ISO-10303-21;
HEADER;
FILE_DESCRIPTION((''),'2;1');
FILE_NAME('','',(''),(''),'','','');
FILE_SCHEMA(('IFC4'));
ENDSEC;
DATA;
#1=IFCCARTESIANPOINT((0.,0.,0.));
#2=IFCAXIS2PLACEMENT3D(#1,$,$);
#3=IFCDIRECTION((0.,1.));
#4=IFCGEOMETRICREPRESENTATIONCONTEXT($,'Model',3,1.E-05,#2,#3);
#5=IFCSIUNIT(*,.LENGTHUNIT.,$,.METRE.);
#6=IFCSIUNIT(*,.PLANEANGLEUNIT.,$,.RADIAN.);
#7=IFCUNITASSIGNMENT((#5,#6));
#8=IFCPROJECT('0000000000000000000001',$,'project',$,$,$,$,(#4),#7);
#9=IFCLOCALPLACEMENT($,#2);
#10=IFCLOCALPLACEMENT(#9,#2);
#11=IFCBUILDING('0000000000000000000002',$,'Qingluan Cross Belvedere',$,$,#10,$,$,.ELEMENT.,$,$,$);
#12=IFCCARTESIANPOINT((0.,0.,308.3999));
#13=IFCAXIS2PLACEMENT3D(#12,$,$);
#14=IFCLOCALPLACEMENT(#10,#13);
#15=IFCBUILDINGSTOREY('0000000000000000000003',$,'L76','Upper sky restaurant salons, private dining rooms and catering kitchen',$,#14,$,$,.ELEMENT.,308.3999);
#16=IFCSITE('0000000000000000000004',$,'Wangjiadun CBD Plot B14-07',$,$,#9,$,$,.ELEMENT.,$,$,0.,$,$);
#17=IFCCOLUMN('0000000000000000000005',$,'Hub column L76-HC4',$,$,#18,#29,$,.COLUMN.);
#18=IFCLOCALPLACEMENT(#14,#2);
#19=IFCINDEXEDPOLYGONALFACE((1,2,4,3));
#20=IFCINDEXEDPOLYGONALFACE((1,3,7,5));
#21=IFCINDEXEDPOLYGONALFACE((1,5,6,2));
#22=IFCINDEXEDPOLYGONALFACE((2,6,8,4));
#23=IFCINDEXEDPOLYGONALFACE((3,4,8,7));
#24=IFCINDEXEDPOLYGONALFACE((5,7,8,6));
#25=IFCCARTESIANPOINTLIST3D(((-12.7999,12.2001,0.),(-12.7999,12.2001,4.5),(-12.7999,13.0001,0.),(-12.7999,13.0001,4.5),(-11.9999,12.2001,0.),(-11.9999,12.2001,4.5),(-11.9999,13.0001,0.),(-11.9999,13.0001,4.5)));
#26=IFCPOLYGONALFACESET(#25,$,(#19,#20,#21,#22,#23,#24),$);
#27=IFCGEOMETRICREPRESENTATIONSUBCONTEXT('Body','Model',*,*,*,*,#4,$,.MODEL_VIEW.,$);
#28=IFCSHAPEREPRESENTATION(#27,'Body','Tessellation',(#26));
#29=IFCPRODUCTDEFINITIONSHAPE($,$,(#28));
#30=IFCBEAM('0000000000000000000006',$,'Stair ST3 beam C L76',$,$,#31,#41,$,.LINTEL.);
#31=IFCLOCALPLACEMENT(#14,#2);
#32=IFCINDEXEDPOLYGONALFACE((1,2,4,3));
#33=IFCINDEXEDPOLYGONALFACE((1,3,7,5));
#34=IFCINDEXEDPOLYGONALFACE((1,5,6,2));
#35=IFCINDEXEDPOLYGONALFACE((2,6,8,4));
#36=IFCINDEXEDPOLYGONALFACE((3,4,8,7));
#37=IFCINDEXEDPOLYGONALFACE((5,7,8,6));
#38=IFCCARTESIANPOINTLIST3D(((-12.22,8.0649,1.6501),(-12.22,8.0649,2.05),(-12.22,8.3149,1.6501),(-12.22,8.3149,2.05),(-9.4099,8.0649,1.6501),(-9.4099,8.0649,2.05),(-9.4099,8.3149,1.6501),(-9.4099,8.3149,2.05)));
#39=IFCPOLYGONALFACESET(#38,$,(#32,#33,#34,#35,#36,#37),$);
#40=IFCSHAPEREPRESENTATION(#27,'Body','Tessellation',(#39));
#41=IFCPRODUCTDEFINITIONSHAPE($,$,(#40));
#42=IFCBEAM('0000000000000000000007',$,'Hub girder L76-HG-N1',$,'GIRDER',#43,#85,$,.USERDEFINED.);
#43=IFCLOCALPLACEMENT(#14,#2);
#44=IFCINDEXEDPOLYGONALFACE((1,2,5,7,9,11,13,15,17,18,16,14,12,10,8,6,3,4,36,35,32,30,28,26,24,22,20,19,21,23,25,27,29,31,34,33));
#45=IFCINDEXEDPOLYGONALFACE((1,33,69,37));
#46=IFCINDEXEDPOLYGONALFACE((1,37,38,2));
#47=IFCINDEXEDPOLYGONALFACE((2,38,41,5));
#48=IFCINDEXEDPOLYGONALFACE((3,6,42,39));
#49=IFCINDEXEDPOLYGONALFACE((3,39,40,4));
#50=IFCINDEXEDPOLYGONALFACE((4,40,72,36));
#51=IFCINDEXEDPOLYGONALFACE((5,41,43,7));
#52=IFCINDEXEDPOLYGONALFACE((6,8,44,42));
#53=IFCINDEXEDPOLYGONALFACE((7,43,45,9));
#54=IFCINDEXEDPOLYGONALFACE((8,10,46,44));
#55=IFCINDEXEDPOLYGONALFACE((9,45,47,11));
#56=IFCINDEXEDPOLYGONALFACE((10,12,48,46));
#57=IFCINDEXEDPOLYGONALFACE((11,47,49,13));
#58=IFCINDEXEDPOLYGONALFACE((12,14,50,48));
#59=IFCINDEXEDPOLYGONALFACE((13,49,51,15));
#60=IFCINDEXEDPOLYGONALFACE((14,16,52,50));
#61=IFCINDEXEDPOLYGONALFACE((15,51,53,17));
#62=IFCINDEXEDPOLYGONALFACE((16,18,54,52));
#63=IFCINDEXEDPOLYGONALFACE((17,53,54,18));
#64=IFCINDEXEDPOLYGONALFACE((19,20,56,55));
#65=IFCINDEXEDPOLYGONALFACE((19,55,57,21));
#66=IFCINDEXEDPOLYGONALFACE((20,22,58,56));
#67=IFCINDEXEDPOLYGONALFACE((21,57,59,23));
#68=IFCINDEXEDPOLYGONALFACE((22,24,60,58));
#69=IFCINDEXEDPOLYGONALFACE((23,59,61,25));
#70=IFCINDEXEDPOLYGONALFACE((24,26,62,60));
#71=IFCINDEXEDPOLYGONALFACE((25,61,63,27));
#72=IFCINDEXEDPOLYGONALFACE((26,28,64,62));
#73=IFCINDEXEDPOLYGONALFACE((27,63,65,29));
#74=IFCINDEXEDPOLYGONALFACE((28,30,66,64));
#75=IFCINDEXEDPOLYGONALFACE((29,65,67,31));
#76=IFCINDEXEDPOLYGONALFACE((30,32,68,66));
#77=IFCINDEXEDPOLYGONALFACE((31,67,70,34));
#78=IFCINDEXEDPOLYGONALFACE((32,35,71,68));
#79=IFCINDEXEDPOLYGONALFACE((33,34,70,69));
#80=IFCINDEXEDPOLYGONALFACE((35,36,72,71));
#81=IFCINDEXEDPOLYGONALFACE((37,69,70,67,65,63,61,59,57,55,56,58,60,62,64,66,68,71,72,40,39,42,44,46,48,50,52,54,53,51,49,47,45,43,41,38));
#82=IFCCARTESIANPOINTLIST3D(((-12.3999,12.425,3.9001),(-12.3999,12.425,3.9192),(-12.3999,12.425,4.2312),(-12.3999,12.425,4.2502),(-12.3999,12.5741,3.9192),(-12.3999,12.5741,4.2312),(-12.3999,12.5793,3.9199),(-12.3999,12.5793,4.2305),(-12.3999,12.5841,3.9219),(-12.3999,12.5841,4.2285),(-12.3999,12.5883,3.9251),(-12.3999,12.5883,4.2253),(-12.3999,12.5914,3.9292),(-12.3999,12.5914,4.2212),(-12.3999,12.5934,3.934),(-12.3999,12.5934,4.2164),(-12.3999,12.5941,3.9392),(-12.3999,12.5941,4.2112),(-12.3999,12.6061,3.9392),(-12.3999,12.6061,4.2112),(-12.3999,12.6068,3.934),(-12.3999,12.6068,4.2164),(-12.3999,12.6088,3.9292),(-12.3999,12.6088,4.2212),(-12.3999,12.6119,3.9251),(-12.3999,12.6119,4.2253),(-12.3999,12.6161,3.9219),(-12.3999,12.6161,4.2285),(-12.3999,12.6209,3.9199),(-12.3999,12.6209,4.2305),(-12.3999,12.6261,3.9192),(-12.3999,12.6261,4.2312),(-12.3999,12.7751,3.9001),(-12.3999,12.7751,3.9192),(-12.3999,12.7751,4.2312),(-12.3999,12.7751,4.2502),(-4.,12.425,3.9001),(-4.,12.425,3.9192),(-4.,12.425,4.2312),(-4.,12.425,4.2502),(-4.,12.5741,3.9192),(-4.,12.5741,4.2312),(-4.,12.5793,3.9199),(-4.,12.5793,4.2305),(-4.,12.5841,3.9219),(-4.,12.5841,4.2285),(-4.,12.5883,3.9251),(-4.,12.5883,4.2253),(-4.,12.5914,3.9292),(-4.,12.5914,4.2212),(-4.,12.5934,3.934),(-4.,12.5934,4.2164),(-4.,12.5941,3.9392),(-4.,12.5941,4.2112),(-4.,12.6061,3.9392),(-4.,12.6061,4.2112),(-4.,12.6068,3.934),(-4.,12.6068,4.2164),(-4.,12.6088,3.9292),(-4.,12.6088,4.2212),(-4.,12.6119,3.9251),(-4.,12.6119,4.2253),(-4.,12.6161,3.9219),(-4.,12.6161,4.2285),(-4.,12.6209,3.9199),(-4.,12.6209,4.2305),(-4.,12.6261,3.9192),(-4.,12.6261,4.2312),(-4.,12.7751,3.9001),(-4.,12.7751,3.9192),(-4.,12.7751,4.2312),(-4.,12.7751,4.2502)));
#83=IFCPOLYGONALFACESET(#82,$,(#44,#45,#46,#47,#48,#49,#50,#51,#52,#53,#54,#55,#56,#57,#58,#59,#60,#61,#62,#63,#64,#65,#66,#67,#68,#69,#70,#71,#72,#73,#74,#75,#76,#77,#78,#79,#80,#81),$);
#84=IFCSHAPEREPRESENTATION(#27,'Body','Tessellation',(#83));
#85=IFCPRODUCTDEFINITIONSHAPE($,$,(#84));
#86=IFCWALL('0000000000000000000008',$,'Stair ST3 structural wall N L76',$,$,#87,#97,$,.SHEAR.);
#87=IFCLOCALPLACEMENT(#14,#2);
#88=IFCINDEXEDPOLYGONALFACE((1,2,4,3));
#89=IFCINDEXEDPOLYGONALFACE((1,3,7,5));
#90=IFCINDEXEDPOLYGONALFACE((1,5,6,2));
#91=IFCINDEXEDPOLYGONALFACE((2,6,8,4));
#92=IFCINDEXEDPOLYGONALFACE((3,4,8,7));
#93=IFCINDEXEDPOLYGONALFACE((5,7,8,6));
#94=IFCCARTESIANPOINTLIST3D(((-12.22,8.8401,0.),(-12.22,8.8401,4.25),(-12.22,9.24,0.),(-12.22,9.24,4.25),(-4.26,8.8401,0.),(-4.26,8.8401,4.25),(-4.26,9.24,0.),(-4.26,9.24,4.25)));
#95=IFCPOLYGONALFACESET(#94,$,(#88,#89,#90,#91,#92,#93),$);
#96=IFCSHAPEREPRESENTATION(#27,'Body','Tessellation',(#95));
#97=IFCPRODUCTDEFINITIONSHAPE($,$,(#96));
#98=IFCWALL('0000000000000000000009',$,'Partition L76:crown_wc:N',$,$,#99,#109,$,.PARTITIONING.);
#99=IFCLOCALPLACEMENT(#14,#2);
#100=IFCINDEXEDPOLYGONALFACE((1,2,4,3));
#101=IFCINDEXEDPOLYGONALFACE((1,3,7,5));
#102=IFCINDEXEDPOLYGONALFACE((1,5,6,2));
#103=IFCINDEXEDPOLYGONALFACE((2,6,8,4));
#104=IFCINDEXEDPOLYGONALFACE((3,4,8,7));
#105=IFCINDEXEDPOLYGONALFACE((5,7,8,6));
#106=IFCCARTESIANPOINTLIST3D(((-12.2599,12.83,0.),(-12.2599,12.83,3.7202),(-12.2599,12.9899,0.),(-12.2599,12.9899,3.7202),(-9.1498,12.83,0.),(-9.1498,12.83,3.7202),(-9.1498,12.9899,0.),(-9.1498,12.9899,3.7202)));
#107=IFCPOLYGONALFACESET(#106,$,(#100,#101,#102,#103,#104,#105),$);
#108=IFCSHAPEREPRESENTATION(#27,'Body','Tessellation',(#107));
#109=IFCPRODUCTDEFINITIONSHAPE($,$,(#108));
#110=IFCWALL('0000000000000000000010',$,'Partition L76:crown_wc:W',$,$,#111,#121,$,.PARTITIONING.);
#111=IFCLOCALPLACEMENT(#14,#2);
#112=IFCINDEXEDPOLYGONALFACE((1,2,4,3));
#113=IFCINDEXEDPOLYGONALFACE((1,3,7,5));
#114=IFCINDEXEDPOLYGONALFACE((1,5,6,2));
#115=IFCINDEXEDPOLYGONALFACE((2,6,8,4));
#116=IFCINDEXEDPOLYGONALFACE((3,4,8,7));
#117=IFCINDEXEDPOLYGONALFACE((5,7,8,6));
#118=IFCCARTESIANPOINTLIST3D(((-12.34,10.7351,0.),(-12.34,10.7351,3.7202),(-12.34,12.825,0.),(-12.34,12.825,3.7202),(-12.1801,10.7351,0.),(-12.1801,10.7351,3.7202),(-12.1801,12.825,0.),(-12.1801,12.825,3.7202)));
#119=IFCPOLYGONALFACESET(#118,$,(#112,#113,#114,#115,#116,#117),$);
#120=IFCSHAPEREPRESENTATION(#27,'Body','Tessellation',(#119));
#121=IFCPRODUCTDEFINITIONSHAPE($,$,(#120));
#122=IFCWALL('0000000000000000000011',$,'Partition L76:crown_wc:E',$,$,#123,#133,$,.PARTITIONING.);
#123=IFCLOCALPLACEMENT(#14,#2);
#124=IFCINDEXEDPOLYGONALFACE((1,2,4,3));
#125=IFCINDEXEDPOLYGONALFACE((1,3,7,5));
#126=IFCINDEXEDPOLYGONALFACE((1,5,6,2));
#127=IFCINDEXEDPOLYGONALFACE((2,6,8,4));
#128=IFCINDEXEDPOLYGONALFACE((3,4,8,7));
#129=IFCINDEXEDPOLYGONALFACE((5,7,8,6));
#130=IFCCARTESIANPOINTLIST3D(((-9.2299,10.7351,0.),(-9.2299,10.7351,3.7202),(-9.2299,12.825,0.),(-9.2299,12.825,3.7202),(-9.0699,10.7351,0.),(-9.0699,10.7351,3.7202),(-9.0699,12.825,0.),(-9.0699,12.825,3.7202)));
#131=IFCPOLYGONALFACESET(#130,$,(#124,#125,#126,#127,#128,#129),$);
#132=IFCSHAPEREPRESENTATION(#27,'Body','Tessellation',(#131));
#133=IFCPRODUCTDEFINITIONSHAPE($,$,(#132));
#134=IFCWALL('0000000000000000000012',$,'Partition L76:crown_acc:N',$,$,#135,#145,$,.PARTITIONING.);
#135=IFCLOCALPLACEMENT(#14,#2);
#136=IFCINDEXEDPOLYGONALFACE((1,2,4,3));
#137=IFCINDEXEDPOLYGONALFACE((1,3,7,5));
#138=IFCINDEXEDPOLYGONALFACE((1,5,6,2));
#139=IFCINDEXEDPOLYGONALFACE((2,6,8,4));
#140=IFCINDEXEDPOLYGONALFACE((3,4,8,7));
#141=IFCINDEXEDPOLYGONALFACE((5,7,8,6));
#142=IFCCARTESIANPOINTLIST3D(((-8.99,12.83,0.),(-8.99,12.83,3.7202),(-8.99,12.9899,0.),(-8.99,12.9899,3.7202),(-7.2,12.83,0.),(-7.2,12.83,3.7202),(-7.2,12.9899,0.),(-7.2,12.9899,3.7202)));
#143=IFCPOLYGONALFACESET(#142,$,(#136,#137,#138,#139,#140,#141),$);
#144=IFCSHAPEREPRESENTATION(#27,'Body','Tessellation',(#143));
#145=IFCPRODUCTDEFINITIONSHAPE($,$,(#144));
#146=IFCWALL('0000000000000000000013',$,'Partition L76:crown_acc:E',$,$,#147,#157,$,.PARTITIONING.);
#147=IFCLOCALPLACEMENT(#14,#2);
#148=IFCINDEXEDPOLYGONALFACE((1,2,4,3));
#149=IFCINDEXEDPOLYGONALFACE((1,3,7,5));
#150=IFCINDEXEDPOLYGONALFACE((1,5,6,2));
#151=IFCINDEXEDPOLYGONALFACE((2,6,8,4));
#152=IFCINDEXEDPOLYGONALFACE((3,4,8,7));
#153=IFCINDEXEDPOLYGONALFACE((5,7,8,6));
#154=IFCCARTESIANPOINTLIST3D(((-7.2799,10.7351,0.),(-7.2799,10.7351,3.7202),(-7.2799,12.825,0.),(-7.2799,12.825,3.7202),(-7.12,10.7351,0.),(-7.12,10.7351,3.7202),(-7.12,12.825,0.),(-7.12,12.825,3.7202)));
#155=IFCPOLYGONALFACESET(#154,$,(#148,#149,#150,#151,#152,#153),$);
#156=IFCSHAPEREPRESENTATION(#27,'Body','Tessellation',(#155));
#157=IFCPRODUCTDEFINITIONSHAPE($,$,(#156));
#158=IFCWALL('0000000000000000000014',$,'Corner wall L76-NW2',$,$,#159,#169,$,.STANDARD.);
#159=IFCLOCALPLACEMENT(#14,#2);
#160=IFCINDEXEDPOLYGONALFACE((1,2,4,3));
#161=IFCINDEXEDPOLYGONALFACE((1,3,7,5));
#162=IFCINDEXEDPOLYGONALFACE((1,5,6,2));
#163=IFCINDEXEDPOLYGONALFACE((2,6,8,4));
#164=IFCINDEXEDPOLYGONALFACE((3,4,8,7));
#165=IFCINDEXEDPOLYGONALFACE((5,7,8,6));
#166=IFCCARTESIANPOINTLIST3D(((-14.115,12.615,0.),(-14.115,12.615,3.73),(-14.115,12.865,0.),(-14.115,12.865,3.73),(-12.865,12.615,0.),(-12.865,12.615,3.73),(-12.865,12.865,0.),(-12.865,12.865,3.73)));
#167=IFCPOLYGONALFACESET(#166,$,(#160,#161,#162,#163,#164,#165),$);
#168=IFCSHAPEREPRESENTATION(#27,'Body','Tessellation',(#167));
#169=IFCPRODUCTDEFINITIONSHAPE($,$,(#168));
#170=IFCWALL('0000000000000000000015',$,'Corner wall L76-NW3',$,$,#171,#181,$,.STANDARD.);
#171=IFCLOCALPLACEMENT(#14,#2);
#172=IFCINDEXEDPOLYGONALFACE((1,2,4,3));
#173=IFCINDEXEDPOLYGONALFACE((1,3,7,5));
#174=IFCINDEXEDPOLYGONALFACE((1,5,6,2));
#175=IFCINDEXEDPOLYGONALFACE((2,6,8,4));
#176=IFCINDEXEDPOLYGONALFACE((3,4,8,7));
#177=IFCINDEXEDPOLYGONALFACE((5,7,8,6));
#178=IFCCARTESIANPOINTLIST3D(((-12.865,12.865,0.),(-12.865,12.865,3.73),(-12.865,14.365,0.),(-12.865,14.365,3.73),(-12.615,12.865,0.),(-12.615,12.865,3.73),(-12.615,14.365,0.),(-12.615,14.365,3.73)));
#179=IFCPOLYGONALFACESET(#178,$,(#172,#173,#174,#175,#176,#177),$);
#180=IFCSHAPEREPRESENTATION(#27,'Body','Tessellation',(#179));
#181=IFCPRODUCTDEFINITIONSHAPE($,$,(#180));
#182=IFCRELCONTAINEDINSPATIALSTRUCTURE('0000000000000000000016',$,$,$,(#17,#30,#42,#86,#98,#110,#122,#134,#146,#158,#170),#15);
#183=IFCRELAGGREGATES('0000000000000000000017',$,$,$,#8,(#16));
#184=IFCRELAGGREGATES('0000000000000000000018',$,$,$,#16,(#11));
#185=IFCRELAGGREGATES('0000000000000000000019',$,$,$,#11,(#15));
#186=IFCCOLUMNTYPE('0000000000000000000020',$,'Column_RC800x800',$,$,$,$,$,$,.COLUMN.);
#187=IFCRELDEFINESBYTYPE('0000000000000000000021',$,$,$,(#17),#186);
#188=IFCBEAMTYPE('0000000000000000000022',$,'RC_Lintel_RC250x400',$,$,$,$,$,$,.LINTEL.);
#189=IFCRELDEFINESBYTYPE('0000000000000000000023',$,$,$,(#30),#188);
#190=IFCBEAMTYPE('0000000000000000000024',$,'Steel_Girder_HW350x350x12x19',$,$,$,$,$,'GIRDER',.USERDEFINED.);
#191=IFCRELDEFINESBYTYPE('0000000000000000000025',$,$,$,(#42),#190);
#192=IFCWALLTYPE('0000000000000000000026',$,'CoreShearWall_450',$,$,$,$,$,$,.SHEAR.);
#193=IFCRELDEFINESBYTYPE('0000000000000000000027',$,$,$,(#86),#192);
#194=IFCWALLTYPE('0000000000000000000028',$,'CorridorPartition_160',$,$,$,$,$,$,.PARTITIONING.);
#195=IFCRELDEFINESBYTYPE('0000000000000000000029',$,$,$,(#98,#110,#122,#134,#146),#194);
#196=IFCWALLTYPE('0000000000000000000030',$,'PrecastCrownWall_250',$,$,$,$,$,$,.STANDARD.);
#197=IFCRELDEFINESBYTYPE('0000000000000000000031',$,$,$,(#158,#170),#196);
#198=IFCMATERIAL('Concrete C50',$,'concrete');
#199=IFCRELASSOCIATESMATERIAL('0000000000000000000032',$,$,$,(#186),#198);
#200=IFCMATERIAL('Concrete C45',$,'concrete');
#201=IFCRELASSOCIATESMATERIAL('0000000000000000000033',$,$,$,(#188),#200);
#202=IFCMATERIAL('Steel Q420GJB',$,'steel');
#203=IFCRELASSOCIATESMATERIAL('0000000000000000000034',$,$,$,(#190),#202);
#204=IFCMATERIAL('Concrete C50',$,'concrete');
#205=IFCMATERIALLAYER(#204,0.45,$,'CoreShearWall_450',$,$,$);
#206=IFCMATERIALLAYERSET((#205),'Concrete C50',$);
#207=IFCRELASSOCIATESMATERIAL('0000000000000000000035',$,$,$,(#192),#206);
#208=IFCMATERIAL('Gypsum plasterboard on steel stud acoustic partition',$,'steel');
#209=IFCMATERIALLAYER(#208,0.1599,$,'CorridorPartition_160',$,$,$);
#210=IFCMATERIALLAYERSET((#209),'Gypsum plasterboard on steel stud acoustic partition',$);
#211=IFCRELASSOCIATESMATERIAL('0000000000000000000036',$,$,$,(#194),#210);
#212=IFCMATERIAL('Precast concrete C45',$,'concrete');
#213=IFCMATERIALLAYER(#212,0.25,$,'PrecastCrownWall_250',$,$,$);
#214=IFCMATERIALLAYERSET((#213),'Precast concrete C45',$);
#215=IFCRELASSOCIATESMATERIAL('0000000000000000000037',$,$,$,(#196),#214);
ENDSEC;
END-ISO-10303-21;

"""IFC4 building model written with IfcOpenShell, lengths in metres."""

from ifc_helpers import new_model, si_unit, direction, frame, frame_2d, origin, origin_2d, place, context, subcontext, project, spatial, rectangle, i_section, extrude, material, layer, layer_set, material_profile, profile_set, type_object, element, save


model = new_model("IFC4")

# Units and contexts
model_context = context("Model", 3, precision=1e-05, world=origin(), true_north=direction((0.0, 1.0)))
body_context = subcontext(model_context, "Body", "Model", "MODEL_VIEW")
ifc_project = project(units=[si_unit("LENGTHUNIT", "METRE"), si_unit("PLANEANGLEUNIT", "RADIAN")], contexts=[model_context])

# Site, building, storey
site_placement = place(None, origin())
site = spatial("IfcSite", under=ifc_project, at=site_placement, Name="Wangjiadun CBD Plot B14-07", CompositionType="ELEMENT", RefElevation=0.0)
building_placement = place(site_placement, origin())
building = spatial("IfcBuilding", under=site, at=building_placement, Name="Qingluan Cross Belvedere", CompositionType="ELEMENT")
storey_placement = place(building_placement, frame((0.0, 0.0, 308.3999)))
storey = spatial("IfcBuildingStorey", under=building, at=storey_placement, Name="L76", Description="Upper sky restaurant salons, private dining rooms and catering kitchen", CompositionType="ELEMENT", Elevation=308.3999)

# Column
ifc_material_1 = material(Name="Concrete C50", Category="concrete")
ifc_material_profile_1 = material_profile(ifc_material_1, rectangle(XDim=0.8, YDim=0.8, at=origin_2d()), Name="RC800x800")
ifc_profile_set_1 = profile_set([ifc_material_profile_1], Name="Concrete C50")
column_type = type_object("IfcColumnType", Name="Column_RC800x800", PredefinedType="COLUMN", material=ifc_profile_set_1)
column_placement = place(storey_placement, frame((-12.3999, 12.6001, 0.0), z_axis=(0.0, 0.0, 1.0), x_axis=(1.0, 0.0, 0.0)))
element("IfcColumn", 1, at=column_placement, inside=storey, type_object=column_type, Name="Hub column L76-HC4", PredefinedType="COLUMN", context=body_context, shape_type="SweptSolid", body=[
    extrude(rectangle(XDim=0.8, YDim=0.8, at=origin_2d()), origin(), (0.0, 0.0, 1.0), 4.5),
])

# Beams
ifc_material_2 = material(Name="Concrete C45", Category="concrete")
ifc_material_profile_2 = material_profile(ifc_material_2, rectangle(XDim=0.25, YDim=0.3999, at=origin_2d()), Name="RC250x400")
ifc_profile_set_2 = profile_set([ifc_material_profile_2], Name="Concrete C45")
beam_type_1 = type_object("IfcBeamType", Name="RC_Lintel_RC250x400", PredefinedType="LINTEL", material=ifc_profile_set_2)
beam_1_placement = place(storey_placement, frame((-12.22, 8.1899, 1.8501), z_axis=(1.0, 0.0, 0.0), x_axis=(0.0, 1.0, 0.0)))
element("IfcBeam", 2, at=beam_1_placement, inside=storey, type_object=beam_type_1, Name="Stair ST3 beam C L76", PredefinedType="LINTEL", context=body_context, shape_type="SweptSolid", body=[
    extrude(rectangle(XDim=0.25, YDim=0.3999, at=origin_2d()), origin(), (0.0, 0.0, 1.0), 2.8101),
])
ifc_material_3 = material(Name="Steel Q420GJB", Category="steel")
ifc_material_profile_3 = material_profile(ifc_material_3, i_section(OverallWidth=0.3501, OverallDepth=0.3501, WebThickness=0.012, FlangeThickness=0.019, FilletRadius=0.02, at=origin_2d()), Name="HW350x350x12x19")
ifc_profile_set_3 = profile_set([ifc_material_profile_3], Name="Steel Q420GJB")
beam_type_2 = type_object("IfcBeamType", Name="Steel_Girder_HW350x350x12x19", ElementType="GIRDER", PredefinedType="USERDEFINED", material=ifc_profile_set_3)
beam_2_placement = place(storey_placement, frame((-12.3999, 12.6001, 4.0752), z_axis=(1.0, 0.0, 0.0), x_axis=(0.0, 1.0, 0.0)))
element("IfcBeam", 3, at=beam_2_placement, inside=storey, type_object=beam_type_2, Name="Hub girder L76-HG-N1", ObjectType="GIRDER", PredefinedType="USERDEFINED", context=body_context, shape_type="SweptSolid", body=[
    extrude(i_section(OverallWidth=0.3501, OverallDepth=0.3501, WebThickness=0.012, FlangeThickness=0.019, FilletRadius=0.02, at=origin_2d()), origin(), (0.0, 0.0, 1.0), 8.3999),
])

# Wall
ifc_material_4 = material(Name="Concrete C50", Category="concrete")
ifc_layer_1 = layer(ifc_material_4, 0.45, Name="CoreShearWall_450")
ifc_layer_set_1 = layer_set([ifc_layer_1], Name="Concrete C50")
wall_type_1 = type_object("IfcWallType", Name="CoreShearWall_450", PredefinedType="SHEAR", material=ifc_layer_set_1)
wall_1_placement = place(storey_placement, frame((-12.22, 9.04, 0.0), z_axis=(0.0, 0.0, 1.0), x_axis=(1.0, 0.0, 0.0)))
element("IfcWall", 4, at=wall_1_placement, inside=storey, type_object=wall_type_1, Name="Stair ST3 structural wall N L76", PredefinedType="SHEAR", context=body_context, shape_type="SweptSolid", body=[
    extrude(rectangle(XDim=7.96, YDim=0.3999, at=frame_2d((3.98, 0.0))), origin(), (0.0, 0.0, 1.0), 4.25),
])

# Shared definitions
ifc_material_5 = material(Name="Gypsum plasterboard on steel stud acoustic partition", Category="steel")
ifc_layer_2 = layer(ifc_material_5, 0.1599, Name="CorridorPartition_160")
ifc_layer_set_2 = layer_set([ifc_layer_2], Name="Gypsum plasterboard on steel stud acoustic partition")
wall_type_2 = type_object("IfcWallType", Name="CorridorPartition_160", PredefinedType="PARTITIONING", material=ifc_layer_set_2)

# Walls
wall_2_placement = place(storey_placement, frame((-12.26, 12.9099, 0.0), z_axis=(0.0, 0.0, 1.0), x_axis=(1.0, 0.0, 0.0)))
element("IfcWall", 5, at=wall_2_placement, inside=storey, type_object=wall_type_2, Name="Partition L76:crown_wc:N", PredefinedType="PARTITIONING", context=body_context, shape_type="SweptSolid", body=[
    extrude(rectangle(XDim=3.1101, YDim=0.1599, at=frame_2d((1.5552, 0.0))), origin(), (0.0, 0.0, 1.0), 3.7202),
])
for number, where, z_axis, x_axis, name in (
    (6, (-12.26, 10.7351, 0.0), (0.0, 0.0, 1.0), (0.0, 1.0, 0.0), "Partition L76:crown_wc:W"),
    (7, (-9.1499, 10.7351, 0.0), (0.0, 0.0, 1.0), (0.0, 1.0, 0.0), "Partition L76:crown_wc:E"),
):
    element("IfcWall", number, at=place(storey_placement, frame(where, z_axis=z_axis, x_axis=x_axis)), inside=storey, type_object=wall_type_2, Name=name, PredefinedType="PARTITIONING", context=body_context, shape_type="SweptSolid", body=[
        extrude(rectangle(XDim=2.0898, YDim=0.1599, at=frame_2d((1.0449, 0.0))), origin(), (0.0, 0.0, 1.0), 3.7202),
    ])

# Walls
wall_3_placement = place(storey_placement, frame((-8.99, 12.9099, 0.0), z_axis=(0.0, 0.0, 1.0), x_axis=(1.0, 0.0, 0.0)))
element("IfcWall", 8, at=wall_3_placement, inside=storey, type_object=wall_type_2, Name="Partition L76:crown_acc:N", PredefinedType="PARTITIONING", context=body_context, shape_type="SweptSolid", body=[
    extrude(rectangle(XDim=1.79, YDim=0.1599, at=frame_2d((0.895, 0.0))), origin(), (0.0, 0.0, 1.0), 3.7202),
])
wall_4_placement = place(storey_placement, frame((-7.2, 10.7351, 0.0), z_axis=(0.0, 0.0, 1.0), x_axis=(0.0, 1.0, 0.0)))
element("IfcWall", 9, at=wall_4_placement, inside=storey, type_object=wall_type_2, Name="Partition L76:crown_acc:E", PredefinedType="PARTITIONING", context=body_context, shape_type="SweptSolid", body=[
    extrude(rectangle(XDim=2.0898, YDim=0.1599, at=frame_2d((1.0449, 0.0))), origin(), (0.0, 0.0, 1.0), 3.7202),
])
ifc_material_6 = material(Name="Precast concrete C45", Category="concrete")
ifc_layer_3 = layer(ifc_material_6, 0.25, Name="PrecastCrownWall_250")
ifc_layer_set_3 = layer_set([ifc_layer_3], Name="Precast concrete C45")
wall_type_3 = type_object("IfcWallType", Name="PrecastCrownWall_250", PredefinedType="STANDARD", material=ifc_layer_set_3)
wall_5_placement = place(storey_placement, frame((-14.115, 12.74, 0.0), z_axis=(0.0, 0.0, 1.0), x_axis=(1.0, 0.0, 0.0)))
element("IfcWall", 10, at=wall_5_placement, inside=storey, type_object=wall_type_3, Name="Corner wall L76-NW2", PredefinedType="STANDARD", context=body_context, shape_type="SweptSolid", body=[
    extrude(rectangle(XDim=1.25, YDim=0.25, at=frame_2d((0.625, 0.0))), origin(), (0.0, 0.0, 1.0), 3.73),
])
wall_6_placement = place(storey_placement, frame((-12.74, 12.865, 0.0), z_axis=(0.0, 0.0, 1.0), x_axis=(0.0, 1.0, 0.0)))
element("IfcWall", 11, at=wall_6_placement, inside=storey, type_object=wall_type_3, Name="Corner wall L76-NW3", PredefinedType="STANDARD", context=body_context, shape_type="SweptSolid", body=[
    extrude(rectangle(XDim=1.5, YDim=0.25, at=frame_2d((0.75, 0.0))), origin(), (0.0, 0.0, 1.0), 3.73),
])

save(model, "model.ifc")
